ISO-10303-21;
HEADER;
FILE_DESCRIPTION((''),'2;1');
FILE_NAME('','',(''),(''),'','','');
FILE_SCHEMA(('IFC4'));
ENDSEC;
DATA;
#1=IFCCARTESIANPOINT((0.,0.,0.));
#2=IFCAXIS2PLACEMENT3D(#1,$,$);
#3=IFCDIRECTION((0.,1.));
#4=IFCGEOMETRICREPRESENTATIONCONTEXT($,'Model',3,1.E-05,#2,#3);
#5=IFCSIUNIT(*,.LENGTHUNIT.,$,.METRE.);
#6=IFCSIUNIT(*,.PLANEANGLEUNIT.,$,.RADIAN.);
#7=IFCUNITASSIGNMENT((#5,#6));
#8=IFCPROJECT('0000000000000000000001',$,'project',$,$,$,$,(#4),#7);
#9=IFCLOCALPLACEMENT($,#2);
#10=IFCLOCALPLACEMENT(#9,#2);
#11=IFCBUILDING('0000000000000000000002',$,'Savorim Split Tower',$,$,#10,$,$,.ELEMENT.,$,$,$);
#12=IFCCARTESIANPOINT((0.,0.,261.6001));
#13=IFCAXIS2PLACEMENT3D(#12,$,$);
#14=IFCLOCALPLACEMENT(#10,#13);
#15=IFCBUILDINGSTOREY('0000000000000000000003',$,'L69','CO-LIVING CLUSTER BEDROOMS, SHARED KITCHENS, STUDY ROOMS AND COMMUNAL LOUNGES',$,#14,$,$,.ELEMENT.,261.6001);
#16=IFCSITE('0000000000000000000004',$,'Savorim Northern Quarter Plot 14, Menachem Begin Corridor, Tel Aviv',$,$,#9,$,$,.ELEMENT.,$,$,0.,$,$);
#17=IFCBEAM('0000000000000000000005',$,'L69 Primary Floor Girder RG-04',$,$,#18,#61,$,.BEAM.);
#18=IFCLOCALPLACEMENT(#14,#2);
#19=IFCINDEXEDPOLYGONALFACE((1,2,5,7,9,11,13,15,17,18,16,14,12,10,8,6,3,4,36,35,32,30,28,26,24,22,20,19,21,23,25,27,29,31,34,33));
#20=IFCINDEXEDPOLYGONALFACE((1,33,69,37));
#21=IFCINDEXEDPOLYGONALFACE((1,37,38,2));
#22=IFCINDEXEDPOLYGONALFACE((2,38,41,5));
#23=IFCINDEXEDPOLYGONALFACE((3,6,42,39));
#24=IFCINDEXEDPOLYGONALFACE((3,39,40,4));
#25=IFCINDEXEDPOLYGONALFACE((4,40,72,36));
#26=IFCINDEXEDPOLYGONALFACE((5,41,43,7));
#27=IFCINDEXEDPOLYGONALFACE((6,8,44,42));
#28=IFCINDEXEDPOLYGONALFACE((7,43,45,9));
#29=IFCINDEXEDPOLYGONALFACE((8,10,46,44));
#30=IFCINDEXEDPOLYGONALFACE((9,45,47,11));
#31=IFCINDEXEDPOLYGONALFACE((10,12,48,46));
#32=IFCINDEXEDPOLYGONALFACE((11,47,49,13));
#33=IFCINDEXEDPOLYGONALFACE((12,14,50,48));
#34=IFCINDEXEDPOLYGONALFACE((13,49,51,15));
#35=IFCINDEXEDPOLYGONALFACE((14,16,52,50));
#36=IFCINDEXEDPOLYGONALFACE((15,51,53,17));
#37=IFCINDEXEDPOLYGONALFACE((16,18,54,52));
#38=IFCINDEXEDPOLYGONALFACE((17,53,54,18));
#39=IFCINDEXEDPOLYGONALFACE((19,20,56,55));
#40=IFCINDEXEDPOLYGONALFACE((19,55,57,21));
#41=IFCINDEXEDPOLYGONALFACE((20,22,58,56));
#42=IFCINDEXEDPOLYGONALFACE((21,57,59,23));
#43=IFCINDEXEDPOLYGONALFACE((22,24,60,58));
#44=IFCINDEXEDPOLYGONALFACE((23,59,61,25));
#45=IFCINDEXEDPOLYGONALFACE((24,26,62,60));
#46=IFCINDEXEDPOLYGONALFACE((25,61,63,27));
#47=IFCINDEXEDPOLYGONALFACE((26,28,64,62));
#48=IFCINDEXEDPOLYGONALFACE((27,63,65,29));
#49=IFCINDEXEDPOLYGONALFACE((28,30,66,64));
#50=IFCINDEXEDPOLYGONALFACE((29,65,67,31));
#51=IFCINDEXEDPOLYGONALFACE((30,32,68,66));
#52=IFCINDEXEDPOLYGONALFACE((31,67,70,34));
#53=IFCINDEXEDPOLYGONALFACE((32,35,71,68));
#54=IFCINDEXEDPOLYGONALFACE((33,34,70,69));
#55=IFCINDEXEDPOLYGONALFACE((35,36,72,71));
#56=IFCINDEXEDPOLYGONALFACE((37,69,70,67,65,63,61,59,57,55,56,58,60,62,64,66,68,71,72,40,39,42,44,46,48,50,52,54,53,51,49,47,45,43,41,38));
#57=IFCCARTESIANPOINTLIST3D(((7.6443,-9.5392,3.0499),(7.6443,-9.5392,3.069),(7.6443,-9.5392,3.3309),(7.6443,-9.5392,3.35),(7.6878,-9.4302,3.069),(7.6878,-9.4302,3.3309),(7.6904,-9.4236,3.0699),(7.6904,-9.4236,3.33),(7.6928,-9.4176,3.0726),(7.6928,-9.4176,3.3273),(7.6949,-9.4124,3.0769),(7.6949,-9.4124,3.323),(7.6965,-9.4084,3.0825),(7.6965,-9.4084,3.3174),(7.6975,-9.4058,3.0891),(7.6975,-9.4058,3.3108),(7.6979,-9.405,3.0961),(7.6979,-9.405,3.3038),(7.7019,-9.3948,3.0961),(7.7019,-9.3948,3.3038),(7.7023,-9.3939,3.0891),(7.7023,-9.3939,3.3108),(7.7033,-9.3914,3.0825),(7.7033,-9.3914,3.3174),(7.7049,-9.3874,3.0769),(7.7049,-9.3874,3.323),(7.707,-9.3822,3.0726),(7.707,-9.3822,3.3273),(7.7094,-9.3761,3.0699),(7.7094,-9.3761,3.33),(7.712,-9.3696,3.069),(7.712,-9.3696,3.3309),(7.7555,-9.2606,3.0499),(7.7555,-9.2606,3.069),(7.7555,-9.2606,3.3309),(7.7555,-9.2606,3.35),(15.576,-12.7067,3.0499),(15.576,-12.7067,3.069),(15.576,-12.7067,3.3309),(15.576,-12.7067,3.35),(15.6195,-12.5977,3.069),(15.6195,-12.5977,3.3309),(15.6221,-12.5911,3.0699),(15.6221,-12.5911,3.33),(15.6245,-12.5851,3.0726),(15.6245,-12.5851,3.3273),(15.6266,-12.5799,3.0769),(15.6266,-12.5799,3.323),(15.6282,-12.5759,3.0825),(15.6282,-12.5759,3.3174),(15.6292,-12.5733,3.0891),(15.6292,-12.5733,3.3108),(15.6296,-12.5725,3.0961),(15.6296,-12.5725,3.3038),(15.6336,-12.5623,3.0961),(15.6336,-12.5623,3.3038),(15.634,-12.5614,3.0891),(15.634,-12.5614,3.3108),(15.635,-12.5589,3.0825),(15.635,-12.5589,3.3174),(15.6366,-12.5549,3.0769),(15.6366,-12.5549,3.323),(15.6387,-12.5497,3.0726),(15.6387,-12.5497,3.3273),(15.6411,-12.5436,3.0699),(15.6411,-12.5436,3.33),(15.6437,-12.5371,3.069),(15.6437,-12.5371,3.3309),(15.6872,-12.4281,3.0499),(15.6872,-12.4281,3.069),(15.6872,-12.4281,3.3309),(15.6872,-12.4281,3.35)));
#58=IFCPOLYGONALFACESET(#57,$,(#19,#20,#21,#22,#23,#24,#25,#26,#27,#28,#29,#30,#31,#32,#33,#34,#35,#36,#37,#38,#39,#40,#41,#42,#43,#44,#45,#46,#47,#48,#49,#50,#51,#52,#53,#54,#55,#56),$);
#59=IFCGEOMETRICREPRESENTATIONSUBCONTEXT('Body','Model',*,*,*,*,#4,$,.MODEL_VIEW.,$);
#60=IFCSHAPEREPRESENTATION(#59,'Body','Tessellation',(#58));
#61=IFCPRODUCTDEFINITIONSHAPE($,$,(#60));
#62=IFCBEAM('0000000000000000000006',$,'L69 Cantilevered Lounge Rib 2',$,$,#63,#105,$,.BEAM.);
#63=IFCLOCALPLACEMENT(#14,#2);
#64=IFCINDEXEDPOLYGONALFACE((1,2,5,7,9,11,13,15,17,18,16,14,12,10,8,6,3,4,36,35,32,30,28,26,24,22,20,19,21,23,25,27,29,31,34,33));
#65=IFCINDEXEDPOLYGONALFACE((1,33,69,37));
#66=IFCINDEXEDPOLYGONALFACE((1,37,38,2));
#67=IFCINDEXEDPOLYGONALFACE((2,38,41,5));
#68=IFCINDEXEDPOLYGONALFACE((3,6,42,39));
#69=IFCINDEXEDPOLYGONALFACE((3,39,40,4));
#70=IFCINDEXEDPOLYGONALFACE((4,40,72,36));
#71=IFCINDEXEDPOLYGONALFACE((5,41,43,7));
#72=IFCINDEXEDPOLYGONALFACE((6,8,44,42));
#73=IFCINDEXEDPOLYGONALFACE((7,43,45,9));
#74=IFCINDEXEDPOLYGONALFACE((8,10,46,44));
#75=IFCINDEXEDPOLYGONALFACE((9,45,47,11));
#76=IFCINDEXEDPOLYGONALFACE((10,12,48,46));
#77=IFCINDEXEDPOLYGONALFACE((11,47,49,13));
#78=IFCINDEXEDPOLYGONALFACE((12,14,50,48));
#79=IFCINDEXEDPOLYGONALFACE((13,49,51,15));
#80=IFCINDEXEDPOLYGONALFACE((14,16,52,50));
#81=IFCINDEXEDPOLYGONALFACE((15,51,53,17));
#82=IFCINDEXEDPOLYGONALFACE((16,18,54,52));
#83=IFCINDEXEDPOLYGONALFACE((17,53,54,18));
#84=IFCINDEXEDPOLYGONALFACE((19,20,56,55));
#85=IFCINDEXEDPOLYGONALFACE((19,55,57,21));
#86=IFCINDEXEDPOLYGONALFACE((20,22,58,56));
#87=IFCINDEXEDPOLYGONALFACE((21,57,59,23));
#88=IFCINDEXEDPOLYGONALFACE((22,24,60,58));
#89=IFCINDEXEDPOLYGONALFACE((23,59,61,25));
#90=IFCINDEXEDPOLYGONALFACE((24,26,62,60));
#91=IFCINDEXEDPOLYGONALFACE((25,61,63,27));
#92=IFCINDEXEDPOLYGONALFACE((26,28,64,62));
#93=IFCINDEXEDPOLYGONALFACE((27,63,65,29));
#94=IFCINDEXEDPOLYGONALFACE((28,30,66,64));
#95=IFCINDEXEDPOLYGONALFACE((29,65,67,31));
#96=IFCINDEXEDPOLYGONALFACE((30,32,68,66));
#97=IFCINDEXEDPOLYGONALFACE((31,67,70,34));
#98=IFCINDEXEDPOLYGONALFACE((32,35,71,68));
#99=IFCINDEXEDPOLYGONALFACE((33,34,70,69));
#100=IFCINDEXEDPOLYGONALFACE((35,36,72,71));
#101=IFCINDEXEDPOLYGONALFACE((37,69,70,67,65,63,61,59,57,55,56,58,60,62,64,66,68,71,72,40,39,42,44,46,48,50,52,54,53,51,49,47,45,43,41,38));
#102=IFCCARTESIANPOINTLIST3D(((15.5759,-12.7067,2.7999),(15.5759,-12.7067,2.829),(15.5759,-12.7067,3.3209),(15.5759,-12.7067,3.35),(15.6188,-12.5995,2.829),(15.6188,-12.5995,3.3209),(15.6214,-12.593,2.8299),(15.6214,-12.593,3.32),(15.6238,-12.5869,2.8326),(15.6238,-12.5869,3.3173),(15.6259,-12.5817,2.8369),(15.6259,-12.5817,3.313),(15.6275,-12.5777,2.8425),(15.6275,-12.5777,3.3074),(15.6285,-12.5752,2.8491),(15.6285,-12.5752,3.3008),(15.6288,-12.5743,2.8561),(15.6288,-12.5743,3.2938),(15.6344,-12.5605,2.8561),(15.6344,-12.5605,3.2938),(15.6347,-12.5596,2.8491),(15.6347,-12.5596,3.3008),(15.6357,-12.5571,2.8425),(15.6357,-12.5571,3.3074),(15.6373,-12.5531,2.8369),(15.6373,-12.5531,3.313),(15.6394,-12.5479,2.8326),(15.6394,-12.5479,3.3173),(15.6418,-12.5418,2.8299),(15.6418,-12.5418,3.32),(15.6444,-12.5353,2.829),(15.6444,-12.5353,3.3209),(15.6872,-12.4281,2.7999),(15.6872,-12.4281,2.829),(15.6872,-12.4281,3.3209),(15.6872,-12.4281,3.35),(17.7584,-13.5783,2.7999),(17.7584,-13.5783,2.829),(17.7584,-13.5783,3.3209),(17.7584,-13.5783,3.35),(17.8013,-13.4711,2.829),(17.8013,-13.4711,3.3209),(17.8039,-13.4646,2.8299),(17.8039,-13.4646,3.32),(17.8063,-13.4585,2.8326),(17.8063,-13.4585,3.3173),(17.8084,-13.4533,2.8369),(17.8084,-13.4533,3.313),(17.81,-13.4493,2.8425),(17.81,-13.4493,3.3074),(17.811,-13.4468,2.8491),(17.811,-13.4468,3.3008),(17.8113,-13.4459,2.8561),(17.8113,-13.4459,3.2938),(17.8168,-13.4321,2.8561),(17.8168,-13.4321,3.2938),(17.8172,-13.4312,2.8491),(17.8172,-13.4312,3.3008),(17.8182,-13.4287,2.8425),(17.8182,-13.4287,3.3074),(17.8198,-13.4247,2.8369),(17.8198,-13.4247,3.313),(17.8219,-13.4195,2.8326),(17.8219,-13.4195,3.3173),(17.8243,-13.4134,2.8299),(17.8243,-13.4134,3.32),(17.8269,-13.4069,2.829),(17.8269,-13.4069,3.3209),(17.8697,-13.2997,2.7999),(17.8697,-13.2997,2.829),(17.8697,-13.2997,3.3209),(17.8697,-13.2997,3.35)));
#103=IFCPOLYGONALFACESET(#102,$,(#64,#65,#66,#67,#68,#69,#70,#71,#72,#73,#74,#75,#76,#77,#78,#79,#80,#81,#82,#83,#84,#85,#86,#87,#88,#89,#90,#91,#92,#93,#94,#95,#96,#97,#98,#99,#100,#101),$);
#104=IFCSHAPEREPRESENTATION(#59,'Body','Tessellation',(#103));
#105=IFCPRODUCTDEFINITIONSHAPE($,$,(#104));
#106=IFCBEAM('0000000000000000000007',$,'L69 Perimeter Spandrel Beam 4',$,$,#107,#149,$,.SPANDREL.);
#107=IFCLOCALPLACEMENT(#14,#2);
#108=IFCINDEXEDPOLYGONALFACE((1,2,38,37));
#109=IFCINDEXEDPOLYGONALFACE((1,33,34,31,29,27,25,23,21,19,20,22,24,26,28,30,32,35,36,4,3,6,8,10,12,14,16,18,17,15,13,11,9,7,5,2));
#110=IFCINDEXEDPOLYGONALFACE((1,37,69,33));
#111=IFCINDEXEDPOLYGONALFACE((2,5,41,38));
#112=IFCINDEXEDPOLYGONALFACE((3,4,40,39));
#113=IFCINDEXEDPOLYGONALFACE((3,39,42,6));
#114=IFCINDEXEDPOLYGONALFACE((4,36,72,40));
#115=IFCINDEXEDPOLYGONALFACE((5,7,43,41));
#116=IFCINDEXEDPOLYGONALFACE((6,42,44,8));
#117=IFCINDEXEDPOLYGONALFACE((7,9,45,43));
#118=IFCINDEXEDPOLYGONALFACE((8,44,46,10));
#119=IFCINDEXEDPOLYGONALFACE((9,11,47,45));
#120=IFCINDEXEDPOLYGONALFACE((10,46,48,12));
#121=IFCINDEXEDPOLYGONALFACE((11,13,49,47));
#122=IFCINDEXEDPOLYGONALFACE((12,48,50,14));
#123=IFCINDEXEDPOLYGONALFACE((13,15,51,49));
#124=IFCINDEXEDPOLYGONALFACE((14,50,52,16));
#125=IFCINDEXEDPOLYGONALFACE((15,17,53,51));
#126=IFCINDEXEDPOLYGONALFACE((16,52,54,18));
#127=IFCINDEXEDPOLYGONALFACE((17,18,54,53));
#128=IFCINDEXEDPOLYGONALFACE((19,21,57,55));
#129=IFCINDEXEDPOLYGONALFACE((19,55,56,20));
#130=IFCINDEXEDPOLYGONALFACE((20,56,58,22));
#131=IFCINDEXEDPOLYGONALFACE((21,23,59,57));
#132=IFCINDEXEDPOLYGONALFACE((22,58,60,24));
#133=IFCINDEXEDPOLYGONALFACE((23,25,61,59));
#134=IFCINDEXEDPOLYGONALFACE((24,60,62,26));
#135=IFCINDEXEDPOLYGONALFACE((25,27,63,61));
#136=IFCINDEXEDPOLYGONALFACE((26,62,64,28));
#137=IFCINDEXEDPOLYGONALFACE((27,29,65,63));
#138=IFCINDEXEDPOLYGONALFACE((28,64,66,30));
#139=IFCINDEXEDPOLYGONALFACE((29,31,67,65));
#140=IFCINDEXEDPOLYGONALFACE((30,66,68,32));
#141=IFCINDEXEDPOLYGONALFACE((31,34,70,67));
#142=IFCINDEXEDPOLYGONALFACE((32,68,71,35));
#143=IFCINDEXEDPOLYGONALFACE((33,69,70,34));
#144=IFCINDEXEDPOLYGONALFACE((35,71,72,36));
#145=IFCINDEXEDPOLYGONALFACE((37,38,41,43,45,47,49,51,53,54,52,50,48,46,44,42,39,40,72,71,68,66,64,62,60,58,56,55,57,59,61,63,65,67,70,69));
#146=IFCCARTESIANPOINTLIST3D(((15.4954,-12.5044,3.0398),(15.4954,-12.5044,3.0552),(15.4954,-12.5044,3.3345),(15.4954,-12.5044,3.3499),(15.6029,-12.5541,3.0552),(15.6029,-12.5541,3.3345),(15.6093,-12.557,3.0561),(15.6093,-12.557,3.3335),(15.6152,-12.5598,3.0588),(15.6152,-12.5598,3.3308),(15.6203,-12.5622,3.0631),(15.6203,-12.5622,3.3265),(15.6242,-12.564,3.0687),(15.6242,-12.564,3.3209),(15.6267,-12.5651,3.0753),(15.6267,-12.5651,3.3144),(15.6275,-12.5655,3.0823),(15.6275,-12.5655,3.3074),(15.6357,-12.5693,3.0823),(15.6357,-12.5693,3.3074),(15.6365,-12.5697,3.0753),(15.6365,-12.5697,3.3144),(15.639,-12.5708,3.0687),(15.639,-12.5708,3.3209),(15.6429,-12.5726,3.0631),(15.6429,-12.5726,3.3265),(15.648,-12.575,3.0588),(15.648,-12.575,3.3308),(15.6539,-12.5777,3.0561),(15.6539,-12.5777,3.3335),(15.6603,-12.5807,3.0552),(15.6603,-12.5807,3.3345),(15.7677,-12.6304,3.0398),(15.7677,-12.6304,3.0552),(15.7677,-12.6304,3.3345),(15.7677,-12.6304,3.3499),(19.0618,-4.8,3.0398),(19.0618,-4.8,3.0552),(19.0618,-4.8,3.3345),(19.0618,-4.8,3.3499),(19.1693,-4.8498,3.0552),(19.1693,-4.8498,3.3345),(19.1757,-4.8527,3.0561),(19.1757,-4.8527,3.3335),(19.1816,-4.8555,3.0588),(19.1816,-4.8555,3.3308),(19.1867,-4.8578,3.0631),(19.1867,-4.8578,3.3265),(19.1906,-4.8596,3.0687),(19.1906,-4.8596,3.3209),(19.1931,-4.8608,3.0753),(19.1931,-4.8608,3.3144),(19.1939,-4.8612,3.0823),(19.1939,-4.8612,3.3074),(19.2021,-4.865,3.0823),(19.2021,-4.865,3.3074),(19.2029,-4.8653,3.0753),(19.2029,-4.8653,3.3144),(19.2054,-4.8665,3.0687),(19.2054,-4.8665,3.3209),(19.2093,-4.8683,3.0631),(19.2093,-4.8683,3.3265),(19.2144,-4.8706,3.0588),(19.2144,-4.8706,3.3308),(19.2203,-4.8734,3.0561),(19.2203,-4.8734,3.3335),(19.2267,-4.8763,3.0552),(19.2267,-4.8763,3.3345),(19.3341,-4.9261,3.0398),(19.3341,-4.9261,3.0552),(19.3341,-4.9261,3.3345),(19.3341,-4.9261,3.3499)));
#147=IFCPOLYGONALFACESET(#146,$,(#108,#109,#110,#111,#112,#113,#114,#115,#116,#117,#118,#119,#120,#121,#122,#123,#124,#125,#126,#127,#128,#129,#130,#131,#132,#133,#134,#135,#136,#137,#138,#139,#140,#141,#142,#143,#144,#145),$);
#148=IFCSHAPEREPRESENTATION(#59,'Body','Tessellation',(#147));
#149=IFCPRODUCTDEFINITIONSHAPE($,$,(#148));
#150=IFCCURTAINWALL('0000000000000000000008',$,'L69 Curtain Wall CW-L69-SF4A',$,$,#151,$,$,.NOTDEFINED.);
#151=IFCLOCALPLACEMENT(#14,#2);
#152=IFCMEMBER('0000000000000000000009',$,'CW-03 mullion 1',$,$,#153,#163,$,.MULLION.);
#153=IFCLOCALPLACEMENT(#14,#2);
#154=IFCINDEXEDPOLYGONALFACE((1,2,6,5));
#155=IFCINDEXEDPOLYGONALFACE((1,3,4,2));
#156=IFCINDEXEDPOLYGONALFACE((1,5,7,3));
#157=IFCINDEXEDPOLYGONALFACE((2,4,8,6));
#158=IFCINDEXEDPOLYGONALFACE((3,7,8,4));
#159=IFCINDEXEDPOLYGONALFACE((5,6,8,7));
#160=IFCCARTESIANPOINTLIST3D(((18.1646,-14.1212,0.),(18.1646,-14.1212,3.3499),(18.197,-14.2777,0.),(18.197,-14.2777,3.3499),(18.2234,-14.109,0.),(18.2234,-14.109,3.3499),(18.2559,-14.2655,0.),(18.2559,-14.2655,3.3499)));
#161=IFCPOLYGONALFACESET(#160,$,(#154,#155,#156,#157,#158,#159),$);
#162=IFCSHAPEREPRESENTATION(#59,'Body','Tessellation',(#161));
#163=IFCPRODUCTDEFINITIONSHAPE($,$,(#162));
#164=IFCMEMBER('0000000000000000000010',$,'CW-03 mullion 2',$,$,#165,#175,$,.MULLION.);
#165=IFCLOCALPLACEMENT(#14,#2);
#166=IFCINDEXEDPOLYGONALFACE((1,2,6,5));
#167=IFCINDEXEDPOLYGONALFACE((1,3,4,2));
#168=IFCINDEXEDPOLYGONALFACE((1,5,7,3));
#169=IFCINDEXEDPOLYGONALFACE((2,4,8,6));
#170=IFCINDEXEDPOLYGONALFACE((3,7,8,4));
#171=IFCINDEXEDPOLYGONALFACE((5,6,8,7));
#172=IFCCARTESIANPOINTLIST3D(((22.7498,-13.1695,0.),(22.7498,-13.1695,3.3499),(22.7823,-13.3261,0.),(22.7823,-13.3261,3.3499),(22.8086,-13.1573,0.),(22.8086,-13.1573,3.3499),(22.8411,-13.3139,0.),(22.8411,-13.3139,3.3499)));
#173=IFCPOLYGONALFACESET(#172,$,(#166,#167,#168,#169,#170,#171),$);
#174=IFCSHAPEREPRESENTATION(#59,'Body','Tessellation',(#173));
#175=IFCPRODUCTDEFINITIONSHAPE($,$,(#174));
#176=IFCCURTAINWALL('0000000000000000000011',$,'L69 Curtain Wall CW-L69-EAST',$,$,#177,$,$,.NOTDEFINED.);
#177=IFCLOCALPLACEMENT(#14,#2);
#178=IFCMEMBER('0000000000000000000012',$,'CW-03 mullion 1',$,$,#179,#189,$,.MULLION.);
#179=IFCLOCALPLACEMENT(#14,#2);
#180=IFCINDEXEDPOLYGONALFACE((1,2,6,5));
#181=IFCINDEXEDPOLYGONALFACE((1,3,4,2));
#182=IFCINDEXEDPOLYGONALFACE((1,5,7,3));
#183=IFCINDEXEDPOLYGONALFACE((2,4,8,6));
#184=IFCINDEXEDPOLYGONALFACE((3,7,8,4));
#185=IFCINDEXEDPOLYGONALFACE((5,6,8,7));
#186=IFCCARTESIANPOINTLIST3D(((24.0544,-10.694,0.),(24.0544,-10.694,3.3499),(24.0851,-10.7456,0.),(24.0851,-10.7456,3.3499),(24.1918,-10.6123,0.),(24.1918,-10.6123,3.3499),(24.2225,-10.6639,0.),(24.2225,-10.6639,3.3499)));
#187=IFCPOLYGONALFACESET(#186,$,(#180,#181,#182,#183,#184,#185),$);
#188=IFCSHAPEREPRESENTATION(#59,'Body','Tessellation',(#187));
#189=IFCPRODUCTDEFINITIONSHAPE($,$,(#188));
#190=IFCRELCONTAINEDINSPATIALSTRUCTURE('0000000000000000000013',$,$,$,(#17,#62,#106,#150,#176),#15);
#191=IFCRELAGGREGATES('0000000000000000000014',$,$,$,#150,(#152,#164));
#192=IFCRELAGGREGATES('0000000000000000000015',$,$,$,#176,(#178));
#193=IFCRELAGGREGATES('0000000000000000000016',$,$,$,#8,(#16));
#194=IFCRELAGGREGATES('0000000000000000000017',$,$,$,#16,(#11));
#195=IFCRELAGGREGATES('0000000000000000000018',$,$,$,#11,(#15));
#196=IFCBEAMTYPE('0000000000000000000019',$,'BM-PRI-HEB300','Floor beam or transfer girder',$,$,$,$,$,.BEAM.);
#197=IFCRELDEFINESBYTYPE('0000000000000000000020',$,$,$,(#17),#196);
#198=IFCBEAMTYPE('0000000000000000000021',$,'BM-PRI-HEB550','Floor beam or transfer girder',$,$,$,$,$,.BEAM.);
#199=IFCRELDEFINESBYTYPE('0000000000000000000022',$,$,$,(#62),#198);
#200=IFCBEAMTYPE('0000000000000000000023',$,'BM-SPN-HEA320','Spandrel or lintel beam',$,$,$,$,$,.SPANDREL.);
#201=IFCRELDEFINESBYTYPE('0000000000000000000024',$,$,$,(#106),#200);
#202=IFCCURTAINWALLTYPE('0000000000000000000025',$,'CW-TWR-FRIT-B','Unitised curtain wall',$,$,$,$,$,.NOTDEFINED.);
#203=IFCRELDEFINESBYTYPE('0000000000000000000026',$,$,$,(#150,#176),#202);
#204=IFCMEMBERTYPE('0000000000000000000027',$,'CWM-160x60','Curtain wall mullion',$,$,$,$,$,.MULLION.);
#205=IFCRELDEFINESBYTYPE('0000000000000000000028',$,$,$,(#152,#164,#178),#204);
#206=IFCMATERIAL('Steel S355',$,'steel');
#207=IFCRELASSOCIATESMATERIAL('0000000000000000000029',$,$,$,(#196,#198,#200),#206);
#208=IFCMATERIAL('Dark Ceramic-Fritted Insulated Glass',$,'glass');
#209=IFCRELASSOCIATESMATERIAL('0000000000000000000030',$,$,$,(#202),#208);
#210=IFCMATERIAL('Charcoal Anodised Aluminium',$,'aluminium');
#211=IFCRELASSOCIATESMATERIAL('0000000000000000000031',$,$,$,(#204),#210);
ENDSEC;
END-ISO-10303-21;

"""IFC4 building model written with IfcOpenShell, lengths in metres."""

from ifc_helpers import new_model, si_unit, direction, frame, origin, origin_2d, place, context, subcontext, project, spatial, rectangle, i_section, extrude, material, material_profile, profile_set, type_object, element, aggregate, save


model = new_model("IFC4")

# Units and contexts
model_context = context("Model", 3, precision=1e-05, world=origin(), true_north=direction((0.0, 1.0)))
body_context = subcontext(model_context, "Body", "Model", "MODEL_VIEW")
ifc_project = project(units=[si_unit("LENGTHUNIT", "METRE"), si_unit("PLANEANGLEUNIT", "RADIAN")], contexts=[model_context])

# Site, building, storey
site_placement = place(None, origin())
site = spatial("IfcSite", under=ifc_project, at=site_placement, Name="Savorim Northern Quarter Plot 14, Menachem Begin Corridor, Tel Aviv", CompositionType="ELEMENT", RefElevation=0.0)
building_placement = place(site_placement, origin())
building = spatial("IfcBuilding", under=site, at=building_placement, Name="Savorim Split Tower", CompositionType="ELEMENT")
storey_placement = place(building_placement, frame((0.0, 0.0, 261.6001)))
storey = spatial("IfcBuildingStorey", under=building, at=storey_placement, Name="L69", Description="CO-LIVING CLUSTER BEDROOMS, SHARED KITCHENS, STUDY ROOMS AND COMMUNAL LOUNGES", CompositionType="ELEMENT", Elevation=261.6001)

# Shared definitions
ifc_material_1 = material(Name="Steel S355", Category="steel")

# Beams
ifc_material_profile_1 = material_profile(ifc_material_1, i_section(OverallWidth=0.3, OverallDepth=0.3, WebThickness=0.011, FlangeThickness=0.019, FilletRadius=0.0271, at=origin_2d()), Name="HEB 300")
ifc_profile_set_1 = profile_set([ifc_material_profile_1], Name="Steel S355")
beam_type_1 = type_object("IfcBeamType", Name="BM-PRI-HEB300", Description="Floor beam or transfer girder", PredefinedType="BEAM", material=ifc_profile_set_1)
beam_1_placement = place(storey_placement, frame((15.6316, -12.5674, 3.2), z_axis=(-0.928686, 0.370868, 0.0), x_axis=(-0.370868, -0.928686, 0.0)))
element("IfcBeam", 1, at=beam_1_placement, inside=storey, type_object=beam_type_1, Name="L69 Primary Floor Girder RG-04", PredefinedType="BEAM", context=body_context, shape_type="SweptSolid", body=[
    extrude(i_section(OverallWidth=0.3, OverallDepth=0.3, WebThickness=0.011, FlangeThickness=0.019, FilletRadius=0.0271, at=origin_2d()), origin(), (0.0, 0.0, 1.0), 8.5408),
])
ifc_material_profile_2 = material_profile(ifc_material_1, i_section(OverallWidth=0.3, OverallDepth=0.55, WebThickness=0.0149, FlangeThickness=0.0291, FilletRadius=0.0271, at=origin_2d()), Name="HEB 550")
ifc_profile_set_2 = profile_set([ifc_material_profile_2], Name="Steel S355")
beam_type_2 = type_object("IfcBeamType", Name="BM-PRI-HEB550", Description="Floor beam or transfer girder", PredefinedType="BEAM", material=ifc_profile_set_2)
beam_2_placement = place(storey_placement, frame((15.6316, -12.5674, 3.075), z_axis=(0.928677, -0.370889, 0.0), x_axis=(0.370889, 0.928677, 0.0)))
element("IfcBeam", 2, at=beam_2_placement, inside=storey, type_object=beam_type_2, Name="L69 Cantilevered Lounge Rib 2", PredefinedType="BEAM", context=body_context, shape_type="SweptSolid", body=[
    extrude(i_section(OverallWidth=0.3, OverallDepth=0.55, WebThickness=0.0149, FlangeThickness=0.0291, FilletRadius=0.0271, at=origin_2d()), origin(), (0.0, 0.0, 1.0), 2.3501),
])
ifc_material_profile_3 = material_profile(ifc_material_1, i_section(OverallWidth=0.3, OverallDepth=0.3101, WebThickness=0.009, FlangeThickness=0.0154, FilletRadius=0.0271, at=origin_2d()), Name="HEA 320")
ifc_profile_set_3 = profile_set([ifc_material_profile_3], Name="Steel S355")
beam_type_3 = type_object("IfcBeamType", Name="BM-SPN-HEA320", Description="Spandrel or lintel beam", PredefinedType="SPANDREL", material=ifc_profile_set_3)
beam_3_placement = place(storey_placement, frame((15.6316, -12.5674, 3.1948), z_axis=(0.420083, 0.907486, 0.0), x_axis=(-0.907486, 0.420083, 0.0)))
element("IfcBeam", 3, at=beam_3_placement, inside=storey, type_object=beam_type_3, Name="L69 Perimeter Spandrel Beam 4", PredefinedType="SPANDREL", context=body_context, shape_type="SweptSolid", body=[
    extrude(i_section(OverallWidth=0.3, OverallDepth=0.3101, WebThickness=0.009, FlangeThickness=0.0154, FilletRadius=0.0271, at=origin_2d()), origin(), (0.0, 0.0, 1.0), 8.4897),
])

# Curtain wall, members
ifc_material_2 = material(Name="Dark Ceramic-Fritted Insulated Glass", Category="glass")
curtain_wall_type_1 = type_object("IfcCurtainWallType", Name="CW-TWR-FRIT-B", Description="Unitised curtain wall", PredefinedType="NOTDEFINED", material=ifc_material_2)
curtain_wall_1_placement = place(storey_placement, origin())
curtain_wall_1 = element("IfcCurtainWall", 4, at=curtain_wall_1_placement, inside=storey, type_object=curtain_wall_type_1, Name="L69 Curtain Wall CW-L69-SF4A", PredefinedType="NOTDEFINED")
ifc_material_3 = material(Name="Charcoal Anodised Aluminium", Category="aluminium")
ifc_material_profile_4 = material_profile(ifc_material_3, rectangle(XDim=0.1599, YDim=0.0601, at=origin_2d()), Name="ALU-M 160x60")
ifc_profile_set_4 = profile_set([ifc_material_profile_4], Name="Charcoal Anodised Aluminium")
member_type_1 = type_object("IfcMemberType", Name="CWM-160x60", Description="Curtain wall mullion", PredefinedType="MULLION", material=ifc_profile_set_4)
member_1_placement = place(storey_placement, frame((18.2102, -14.1934, 0.0), z_axis=(0.0, 0.0, 1.0), x_axis=(-0.203207, 0.979136, 0.0)))
member_1 = element("IfcMember", 5, at=member_1_placement, type_object=member_type_1, Name="CW-03 mullion 1", PredefinedType="MULLION", context=body_context, shape_type="SweptSolid", body=[
    extrude(rectangle(XDim=0.1599, YDim=0.0601, at=origin_2d()), origin(), (0.0, 0.0, 1.0), 3.3499),
])
member_2_placement = place(storey_placement, frame((22.7954, -13.2417, 0.0), z_axis=(0.0, 0.0, 1.0), x_axis=(-0.203207, 0.979136, 0.0)))
member_2 = element("IfcMember", 6, at=member_2_placement, type_object=member_type_1, Name="CW-03 mullion 2", PredefinedType="MULLION", context=body_context, shape_type="SweptSolid", body=[
    extrude(rectangle(XDim=0.1599, YDim=0.0601, at=origin_2d()), origin(), (0.0, 0.0, 1.0), 3.3499),
])

# Curtain wall, member
curtain_wall_2_placement = place(storey_placement, origin())
curtain_wall_2 = element("IfcCurtainWall", 7, at=curtain_wall_2_placement, inside=storey, type_object=curtain_wall_type_1, Name="L69 Curtain Wall CW-L69-EAST", PredefinedType="NOTDEFINED")
member_3_placement = place(storey_placement, frame((24.1384, -10.679, 0.0), z_axis=(0.0, 0.0, 1.0), x_axis=(-0.859527, -0.51109, 0.0)))
member_3 = element("IfcMember", 8, at=member_3_placement, type_object=member_type_1, Name="CW-03 mullion 1", PredefinedType="MULLION", context=body_context, shape_type="SweptSolid", body=[
    extrude(rectangle(XDim=0.1599, YDim=0.0601, at=origin_2d()), origin(), (0.0, 0.0, 1.0), 3.3499),
])

aggregate(curtain_wall_1, [member_1, member_2])
aggregate(curtain_wall_2, [member_3])

save(model, "model.ifc")
